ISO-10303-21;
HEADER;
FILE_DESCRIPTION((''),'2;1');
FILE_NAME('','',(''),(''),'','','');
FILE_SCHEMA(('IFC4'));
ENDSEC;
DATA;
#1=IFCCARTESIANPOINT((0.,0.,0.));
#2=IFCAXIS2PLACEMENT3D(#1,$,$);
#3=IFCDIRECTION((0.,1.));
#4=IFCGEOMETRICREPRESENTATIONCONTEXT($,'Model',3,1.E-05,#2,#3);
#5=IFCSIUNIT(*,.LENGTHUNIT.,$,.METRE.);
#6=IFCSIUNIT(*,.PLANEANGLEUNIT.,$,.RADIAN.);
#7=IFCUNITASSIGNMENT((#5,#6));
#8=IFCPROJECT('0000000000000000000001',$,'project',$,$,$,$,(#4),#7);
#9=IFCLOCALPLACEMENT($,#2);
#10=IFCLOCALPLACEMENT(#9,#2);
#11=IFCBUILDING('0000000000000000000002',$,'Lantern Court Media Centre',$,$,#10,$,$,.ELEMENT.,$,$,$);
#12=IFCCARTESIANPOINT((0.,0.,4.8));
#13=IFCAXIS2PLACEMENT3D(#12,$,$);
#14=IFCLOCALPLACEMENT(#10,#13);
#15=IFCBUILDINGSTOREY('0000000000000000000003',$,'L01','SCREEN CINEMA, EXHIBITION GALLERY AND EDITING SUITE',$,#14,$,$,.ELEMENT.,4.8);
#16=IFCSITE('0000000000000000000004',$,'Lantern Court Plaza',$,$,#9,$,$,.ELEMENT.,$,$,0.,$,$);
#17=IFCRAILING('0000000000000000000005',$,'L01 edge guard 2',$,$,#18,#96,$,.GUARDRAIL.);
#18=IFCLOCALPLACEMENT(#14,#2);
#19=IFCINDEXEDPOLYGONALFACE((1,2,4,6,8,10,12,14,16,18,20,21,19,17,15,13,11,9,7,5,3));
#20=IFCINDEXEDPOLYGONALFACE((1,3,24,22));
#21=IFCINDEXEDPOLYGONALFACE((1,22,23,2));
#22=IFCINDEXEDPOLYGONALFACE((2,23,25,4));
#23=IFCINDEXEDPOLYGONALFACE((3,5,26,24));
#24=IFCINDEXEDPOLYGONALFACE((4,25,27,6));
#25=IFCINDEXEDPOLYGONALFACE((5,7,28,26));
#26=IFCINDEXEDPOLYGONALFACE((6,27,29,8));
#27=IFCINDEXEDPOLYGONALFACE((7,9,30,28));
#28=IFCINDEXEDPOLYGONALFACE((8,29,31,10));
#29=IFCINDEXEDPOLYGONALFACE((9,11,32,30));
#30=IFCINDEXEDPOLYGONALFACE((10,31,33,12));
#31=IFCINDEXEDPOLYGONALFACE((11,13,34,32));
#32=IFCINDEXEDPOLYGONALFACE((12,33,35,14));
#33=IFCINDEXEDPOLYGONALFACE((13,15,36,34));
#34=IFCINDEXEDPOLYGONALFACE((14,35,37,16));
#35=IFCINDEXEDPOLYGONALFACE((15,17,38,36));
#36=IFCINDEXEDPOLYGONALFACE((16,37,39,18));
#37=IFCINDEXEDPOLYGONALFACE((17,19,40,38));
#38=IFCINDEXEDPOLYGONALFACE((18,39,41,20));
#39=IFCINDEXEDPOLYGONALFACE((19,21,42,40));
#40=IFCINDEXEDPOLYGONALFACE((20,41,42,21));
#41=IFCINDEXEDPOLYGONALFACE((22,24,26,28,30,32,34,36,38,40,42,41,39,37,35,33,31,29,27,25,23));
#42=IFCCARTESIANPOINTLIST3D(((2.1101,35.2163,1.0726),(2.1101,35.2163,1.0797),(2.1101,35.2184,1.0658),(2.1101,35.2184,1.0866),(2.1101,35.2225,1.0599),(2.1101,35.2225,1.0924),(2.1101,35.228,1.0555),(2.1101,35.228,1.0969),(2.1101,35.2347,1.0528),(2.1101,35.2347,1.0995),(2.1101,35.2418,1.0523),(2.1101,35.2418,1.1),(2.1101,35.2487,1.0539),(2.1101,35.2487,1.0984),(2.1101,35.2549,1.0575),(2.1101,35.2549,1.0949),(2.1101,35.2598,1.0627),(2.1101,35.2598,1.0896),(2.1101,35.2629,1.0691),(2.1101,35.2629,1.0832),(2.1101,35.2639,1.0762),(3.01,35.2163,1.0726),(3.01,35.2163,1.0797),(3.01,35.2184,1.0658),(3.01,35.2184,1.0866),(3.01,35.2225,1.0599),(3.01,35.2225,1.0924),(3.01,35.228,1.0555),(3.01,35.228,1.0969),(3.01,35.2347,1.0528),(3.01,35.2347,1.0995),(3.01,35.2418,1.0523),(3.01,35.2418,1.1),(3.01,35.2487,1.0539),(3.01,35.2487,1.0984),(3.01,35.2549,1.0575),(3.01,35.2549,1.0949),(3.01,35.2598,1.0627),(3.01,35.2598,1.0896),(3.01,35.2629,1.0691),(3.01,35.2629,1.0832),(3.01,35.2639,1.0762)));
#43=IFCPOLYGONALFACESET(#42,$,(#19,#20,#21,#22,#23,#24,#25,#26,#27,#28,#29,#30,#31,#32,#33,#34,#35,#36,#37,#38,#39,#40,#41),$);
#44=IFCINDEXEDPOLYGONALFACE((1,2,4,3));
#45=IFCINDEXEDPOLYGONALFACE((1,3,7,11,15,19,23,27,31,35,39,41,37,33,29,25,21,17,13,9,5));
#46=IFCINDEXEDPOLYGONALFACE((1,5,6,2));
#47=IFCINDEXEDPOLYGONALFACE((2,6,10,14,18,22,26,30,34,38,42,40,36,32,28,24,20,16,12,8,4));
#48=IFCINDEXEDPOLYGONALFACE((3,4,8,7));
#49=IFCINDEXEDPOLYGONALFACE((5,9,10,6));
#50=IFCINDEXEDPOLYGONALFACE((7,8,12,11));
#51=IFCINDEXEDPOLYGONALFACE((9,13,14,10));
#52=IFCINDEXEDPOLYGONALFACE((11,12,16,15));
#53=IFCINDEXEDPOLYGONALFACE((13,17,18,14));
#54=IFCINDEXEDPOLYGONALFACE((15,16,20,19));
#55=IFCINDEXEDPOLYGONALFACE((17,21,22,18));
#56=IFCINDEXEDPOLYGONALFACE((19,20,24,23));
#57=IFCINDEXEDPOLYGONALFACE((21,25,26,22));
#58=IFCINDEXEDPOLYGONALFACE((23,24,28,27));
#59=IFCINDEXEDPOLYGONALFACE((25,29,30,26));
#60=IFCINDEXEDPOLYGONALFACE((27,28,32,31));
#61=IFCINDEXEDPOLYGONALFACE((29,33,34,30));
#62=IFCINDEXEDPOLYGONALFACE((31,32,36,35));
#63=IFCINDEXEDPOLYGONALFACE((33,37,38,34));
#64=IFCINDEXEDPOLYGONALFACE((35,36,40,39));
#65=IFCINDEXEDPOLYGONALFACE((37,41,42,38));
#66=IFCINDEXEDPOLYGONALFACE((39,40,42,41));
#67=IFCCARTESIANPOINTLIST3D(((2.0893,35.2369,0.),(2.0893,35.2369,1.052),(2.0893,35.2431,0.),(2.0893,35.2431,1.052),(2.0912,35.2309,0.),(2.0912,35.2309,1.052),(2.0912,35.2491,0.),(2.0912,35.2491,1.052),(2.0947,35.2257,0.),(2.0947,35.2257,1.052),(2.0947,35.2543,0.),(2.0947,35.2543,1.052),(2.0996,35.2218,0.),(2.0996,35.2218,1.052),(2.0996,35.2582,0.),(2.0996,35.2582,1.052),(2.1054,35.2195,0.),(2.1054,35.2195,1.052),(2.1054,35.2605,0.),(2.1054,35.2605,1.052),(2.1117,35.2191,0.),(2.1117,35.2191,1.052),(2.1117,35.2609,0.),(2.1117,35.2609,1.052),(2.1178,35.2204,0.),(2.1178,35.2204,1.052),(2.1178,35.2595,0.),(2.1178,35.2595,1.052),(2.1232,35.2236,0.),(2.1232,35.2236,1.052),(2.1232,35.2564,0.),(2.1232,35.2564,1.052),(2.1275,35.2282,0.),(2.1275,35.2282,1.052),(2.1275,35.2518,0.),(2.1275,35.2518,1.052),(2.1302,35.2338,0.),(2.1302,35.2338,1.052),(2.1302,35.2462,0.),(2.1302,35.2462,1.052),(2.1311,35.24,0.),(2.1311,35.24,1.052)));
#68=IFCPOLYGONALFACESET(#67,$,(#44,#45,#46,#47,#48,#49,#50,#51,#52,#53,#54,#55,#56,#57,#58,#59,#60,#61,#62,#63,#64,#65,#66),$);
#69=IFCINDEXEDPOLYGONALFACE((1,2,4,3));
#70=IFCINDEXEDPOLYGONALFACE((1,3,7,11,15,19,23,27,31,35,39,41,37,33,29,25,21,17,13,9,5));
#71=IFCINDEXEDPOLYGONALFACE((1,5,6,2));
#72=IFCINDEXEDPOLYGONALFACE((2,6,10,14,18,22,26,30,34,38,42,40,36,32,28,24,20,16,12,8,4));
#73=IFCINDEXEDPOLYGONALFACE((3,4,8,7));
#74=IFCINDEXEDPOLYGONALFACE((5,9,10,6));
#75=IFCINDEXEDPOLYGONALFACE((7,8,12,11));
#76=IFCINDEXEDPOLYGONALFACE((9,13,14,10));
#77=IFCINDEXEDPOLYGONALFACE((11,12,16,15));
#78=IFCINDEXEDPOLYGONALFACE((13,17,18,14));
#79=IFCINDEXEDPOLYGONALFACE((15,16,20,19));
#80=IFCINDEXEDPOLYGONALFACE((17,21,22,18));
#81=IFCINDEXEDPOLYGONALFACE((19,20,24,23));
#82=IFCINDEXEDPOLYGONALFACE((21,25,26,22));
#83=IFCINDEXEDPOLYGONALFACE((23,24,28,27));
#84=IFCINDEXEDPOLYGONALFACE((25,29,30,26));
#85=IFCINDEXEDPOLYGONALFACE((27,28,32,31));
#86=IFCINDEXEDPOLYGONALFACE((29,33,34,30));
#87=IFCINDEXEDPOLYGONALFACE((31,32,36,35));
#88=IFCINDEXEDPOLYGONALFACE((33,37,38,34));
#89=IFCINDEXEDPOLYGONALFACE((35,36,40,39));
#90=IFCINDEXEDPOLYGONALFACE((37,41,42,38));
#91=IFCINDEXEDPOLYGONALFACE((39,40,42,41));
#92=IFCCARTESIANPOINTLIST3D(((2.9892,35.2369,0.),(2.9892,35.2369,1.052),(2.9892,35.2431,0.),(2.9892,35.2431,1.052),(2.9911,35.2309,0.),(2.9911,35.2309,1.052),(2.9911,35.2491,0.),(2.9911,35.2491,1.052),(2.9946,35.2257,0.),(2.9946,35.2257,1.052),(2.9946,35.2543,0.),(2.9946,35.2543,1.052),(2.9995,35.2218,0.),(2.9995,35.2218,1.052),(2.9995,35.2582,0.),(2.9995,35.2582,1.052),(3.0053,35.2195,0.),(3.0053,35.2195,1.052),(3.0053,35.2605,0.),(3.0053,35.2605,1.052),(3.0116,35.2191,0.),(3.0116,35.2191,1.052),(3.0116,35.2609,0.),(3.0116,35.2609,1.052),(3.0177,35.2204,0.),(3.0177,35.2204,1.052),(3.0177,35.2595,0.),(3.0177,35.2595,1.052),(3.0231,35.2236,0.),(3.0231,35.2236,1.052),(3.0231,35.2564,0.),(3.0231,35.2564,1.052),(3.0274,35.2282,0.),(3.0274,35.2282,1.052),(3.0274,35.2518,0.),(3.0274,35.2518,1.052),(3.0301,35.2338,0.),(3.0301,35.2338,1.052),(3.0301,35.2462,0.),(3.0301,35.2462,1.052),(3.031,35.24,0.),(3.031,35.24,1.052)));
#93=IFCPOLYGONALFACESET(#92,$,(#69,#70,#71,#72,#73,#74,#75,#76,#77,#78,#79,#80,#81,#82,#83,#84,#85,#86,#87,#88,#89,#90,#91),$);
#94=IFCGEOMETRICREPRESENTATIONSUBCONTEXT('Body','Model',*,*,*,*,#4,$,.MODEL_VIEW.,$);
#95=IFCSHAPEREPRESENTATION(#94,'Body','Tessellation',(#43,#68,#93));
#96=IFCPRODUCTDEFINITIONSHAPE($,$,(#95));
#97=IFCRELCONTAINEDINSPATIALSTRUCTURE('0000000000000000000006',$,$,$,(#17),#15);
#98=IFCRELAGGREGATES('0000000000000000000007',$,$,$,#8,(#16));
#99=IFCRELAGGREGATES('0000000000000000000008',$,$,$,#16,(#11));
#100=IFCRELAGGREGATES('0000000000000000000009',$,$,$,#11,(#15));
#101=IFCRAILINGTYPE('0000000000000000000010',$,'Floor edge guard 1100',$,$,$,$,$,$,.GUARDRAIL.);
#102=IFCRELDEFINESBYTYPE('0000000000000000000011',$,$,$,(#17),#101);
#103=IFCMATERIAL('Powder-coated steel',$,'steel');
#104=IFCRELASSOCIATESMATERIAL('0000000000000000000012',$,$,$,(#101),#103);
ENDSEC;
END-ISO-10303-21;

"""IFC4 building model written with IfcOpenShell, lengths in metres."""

from ifc_helpers import new_model, si_unit, direction, frame, origin, origin_2d, place, context, subcontext, project, spatial, circle, extrude, material, type_object, element, save


model = new_model("IFC4")

# Units and contexts
model_context = context("Model", 3, precision=1e-05, world=origin(), true_north=direction((0.0, 1.0)))
body_context = subcontext(model_context, "Body", "Model", "MODEL_VIEW")
ifc_project = project(units=[si_unit("LENGTHUNIT", "METRE"), si_unit("PLANEANGLEUNIT", "RADIAN")], contexts=[model_context])

# Site, building, storey
site_placement = place(None, origin())
site = spatial("IfcSite", under=ifc_project, at=site_placement, Name="Lantern Court Plaza", CompositionType="ELEMENT", RefElevation=0.0)
building_placement = place(site_placement, origin())
building = spatial("IfcBuilding", under=site, at=building_placement, Name="Lantern Court Media Centre", CompositionType="ELEMENT")
storey_placement = place(building_placement, frame((0.0, 0.0, 4.8)))
storey = spatial("IfcBuildingStorey", under=building, at=storey_placement, Name="L01", Description="SCREEN CINEMA, EXHIBITION GALLERY AND EDITING SUITE", CompositionType="ELEMENT", Elevation=4.8)

# Railing
ifc_material_1 = material(Name="Powder-coated steel", Category="steel")
railing_type_1 = type_object("IfcRailingType", Name="Floor edge guard 1100", PredefinedType="GUARDRAIL", material=ifc_material_1)
railing_1_placement = place(storey_placement, frame((2.1101, 35.24, 0.0)))
element("IfcRailing", 1, at=railing_1_placement, inside=storey, type_object=railing_type_1, Name="L01 edge guard 2", PredefinedType="GUARDRAIL", context=body_context, shape_type="SweptSolid", body=[
    extrude(circle(Radius=0.0239, at=origin_2d()), frame((0.0, 0.0, 1.0762), z_axis=(1.0, 0.0, 0.0), x_axis=(0.0, 1.0, 0.0)), (0.0, 0.0, 1.0), 0.8999),
    extrude(circle(Radius=0.021, at=origin_2d()), origin(), (0.0, 0.0, 1.0), 1.052),
    extrude(circle(Radius=0.021, at=origin_2d()), frame((0.8999, 0.0, 0.0)), (0.0, 0.0, 1.0), 1.052),
])

save(model, "model.ifc")
